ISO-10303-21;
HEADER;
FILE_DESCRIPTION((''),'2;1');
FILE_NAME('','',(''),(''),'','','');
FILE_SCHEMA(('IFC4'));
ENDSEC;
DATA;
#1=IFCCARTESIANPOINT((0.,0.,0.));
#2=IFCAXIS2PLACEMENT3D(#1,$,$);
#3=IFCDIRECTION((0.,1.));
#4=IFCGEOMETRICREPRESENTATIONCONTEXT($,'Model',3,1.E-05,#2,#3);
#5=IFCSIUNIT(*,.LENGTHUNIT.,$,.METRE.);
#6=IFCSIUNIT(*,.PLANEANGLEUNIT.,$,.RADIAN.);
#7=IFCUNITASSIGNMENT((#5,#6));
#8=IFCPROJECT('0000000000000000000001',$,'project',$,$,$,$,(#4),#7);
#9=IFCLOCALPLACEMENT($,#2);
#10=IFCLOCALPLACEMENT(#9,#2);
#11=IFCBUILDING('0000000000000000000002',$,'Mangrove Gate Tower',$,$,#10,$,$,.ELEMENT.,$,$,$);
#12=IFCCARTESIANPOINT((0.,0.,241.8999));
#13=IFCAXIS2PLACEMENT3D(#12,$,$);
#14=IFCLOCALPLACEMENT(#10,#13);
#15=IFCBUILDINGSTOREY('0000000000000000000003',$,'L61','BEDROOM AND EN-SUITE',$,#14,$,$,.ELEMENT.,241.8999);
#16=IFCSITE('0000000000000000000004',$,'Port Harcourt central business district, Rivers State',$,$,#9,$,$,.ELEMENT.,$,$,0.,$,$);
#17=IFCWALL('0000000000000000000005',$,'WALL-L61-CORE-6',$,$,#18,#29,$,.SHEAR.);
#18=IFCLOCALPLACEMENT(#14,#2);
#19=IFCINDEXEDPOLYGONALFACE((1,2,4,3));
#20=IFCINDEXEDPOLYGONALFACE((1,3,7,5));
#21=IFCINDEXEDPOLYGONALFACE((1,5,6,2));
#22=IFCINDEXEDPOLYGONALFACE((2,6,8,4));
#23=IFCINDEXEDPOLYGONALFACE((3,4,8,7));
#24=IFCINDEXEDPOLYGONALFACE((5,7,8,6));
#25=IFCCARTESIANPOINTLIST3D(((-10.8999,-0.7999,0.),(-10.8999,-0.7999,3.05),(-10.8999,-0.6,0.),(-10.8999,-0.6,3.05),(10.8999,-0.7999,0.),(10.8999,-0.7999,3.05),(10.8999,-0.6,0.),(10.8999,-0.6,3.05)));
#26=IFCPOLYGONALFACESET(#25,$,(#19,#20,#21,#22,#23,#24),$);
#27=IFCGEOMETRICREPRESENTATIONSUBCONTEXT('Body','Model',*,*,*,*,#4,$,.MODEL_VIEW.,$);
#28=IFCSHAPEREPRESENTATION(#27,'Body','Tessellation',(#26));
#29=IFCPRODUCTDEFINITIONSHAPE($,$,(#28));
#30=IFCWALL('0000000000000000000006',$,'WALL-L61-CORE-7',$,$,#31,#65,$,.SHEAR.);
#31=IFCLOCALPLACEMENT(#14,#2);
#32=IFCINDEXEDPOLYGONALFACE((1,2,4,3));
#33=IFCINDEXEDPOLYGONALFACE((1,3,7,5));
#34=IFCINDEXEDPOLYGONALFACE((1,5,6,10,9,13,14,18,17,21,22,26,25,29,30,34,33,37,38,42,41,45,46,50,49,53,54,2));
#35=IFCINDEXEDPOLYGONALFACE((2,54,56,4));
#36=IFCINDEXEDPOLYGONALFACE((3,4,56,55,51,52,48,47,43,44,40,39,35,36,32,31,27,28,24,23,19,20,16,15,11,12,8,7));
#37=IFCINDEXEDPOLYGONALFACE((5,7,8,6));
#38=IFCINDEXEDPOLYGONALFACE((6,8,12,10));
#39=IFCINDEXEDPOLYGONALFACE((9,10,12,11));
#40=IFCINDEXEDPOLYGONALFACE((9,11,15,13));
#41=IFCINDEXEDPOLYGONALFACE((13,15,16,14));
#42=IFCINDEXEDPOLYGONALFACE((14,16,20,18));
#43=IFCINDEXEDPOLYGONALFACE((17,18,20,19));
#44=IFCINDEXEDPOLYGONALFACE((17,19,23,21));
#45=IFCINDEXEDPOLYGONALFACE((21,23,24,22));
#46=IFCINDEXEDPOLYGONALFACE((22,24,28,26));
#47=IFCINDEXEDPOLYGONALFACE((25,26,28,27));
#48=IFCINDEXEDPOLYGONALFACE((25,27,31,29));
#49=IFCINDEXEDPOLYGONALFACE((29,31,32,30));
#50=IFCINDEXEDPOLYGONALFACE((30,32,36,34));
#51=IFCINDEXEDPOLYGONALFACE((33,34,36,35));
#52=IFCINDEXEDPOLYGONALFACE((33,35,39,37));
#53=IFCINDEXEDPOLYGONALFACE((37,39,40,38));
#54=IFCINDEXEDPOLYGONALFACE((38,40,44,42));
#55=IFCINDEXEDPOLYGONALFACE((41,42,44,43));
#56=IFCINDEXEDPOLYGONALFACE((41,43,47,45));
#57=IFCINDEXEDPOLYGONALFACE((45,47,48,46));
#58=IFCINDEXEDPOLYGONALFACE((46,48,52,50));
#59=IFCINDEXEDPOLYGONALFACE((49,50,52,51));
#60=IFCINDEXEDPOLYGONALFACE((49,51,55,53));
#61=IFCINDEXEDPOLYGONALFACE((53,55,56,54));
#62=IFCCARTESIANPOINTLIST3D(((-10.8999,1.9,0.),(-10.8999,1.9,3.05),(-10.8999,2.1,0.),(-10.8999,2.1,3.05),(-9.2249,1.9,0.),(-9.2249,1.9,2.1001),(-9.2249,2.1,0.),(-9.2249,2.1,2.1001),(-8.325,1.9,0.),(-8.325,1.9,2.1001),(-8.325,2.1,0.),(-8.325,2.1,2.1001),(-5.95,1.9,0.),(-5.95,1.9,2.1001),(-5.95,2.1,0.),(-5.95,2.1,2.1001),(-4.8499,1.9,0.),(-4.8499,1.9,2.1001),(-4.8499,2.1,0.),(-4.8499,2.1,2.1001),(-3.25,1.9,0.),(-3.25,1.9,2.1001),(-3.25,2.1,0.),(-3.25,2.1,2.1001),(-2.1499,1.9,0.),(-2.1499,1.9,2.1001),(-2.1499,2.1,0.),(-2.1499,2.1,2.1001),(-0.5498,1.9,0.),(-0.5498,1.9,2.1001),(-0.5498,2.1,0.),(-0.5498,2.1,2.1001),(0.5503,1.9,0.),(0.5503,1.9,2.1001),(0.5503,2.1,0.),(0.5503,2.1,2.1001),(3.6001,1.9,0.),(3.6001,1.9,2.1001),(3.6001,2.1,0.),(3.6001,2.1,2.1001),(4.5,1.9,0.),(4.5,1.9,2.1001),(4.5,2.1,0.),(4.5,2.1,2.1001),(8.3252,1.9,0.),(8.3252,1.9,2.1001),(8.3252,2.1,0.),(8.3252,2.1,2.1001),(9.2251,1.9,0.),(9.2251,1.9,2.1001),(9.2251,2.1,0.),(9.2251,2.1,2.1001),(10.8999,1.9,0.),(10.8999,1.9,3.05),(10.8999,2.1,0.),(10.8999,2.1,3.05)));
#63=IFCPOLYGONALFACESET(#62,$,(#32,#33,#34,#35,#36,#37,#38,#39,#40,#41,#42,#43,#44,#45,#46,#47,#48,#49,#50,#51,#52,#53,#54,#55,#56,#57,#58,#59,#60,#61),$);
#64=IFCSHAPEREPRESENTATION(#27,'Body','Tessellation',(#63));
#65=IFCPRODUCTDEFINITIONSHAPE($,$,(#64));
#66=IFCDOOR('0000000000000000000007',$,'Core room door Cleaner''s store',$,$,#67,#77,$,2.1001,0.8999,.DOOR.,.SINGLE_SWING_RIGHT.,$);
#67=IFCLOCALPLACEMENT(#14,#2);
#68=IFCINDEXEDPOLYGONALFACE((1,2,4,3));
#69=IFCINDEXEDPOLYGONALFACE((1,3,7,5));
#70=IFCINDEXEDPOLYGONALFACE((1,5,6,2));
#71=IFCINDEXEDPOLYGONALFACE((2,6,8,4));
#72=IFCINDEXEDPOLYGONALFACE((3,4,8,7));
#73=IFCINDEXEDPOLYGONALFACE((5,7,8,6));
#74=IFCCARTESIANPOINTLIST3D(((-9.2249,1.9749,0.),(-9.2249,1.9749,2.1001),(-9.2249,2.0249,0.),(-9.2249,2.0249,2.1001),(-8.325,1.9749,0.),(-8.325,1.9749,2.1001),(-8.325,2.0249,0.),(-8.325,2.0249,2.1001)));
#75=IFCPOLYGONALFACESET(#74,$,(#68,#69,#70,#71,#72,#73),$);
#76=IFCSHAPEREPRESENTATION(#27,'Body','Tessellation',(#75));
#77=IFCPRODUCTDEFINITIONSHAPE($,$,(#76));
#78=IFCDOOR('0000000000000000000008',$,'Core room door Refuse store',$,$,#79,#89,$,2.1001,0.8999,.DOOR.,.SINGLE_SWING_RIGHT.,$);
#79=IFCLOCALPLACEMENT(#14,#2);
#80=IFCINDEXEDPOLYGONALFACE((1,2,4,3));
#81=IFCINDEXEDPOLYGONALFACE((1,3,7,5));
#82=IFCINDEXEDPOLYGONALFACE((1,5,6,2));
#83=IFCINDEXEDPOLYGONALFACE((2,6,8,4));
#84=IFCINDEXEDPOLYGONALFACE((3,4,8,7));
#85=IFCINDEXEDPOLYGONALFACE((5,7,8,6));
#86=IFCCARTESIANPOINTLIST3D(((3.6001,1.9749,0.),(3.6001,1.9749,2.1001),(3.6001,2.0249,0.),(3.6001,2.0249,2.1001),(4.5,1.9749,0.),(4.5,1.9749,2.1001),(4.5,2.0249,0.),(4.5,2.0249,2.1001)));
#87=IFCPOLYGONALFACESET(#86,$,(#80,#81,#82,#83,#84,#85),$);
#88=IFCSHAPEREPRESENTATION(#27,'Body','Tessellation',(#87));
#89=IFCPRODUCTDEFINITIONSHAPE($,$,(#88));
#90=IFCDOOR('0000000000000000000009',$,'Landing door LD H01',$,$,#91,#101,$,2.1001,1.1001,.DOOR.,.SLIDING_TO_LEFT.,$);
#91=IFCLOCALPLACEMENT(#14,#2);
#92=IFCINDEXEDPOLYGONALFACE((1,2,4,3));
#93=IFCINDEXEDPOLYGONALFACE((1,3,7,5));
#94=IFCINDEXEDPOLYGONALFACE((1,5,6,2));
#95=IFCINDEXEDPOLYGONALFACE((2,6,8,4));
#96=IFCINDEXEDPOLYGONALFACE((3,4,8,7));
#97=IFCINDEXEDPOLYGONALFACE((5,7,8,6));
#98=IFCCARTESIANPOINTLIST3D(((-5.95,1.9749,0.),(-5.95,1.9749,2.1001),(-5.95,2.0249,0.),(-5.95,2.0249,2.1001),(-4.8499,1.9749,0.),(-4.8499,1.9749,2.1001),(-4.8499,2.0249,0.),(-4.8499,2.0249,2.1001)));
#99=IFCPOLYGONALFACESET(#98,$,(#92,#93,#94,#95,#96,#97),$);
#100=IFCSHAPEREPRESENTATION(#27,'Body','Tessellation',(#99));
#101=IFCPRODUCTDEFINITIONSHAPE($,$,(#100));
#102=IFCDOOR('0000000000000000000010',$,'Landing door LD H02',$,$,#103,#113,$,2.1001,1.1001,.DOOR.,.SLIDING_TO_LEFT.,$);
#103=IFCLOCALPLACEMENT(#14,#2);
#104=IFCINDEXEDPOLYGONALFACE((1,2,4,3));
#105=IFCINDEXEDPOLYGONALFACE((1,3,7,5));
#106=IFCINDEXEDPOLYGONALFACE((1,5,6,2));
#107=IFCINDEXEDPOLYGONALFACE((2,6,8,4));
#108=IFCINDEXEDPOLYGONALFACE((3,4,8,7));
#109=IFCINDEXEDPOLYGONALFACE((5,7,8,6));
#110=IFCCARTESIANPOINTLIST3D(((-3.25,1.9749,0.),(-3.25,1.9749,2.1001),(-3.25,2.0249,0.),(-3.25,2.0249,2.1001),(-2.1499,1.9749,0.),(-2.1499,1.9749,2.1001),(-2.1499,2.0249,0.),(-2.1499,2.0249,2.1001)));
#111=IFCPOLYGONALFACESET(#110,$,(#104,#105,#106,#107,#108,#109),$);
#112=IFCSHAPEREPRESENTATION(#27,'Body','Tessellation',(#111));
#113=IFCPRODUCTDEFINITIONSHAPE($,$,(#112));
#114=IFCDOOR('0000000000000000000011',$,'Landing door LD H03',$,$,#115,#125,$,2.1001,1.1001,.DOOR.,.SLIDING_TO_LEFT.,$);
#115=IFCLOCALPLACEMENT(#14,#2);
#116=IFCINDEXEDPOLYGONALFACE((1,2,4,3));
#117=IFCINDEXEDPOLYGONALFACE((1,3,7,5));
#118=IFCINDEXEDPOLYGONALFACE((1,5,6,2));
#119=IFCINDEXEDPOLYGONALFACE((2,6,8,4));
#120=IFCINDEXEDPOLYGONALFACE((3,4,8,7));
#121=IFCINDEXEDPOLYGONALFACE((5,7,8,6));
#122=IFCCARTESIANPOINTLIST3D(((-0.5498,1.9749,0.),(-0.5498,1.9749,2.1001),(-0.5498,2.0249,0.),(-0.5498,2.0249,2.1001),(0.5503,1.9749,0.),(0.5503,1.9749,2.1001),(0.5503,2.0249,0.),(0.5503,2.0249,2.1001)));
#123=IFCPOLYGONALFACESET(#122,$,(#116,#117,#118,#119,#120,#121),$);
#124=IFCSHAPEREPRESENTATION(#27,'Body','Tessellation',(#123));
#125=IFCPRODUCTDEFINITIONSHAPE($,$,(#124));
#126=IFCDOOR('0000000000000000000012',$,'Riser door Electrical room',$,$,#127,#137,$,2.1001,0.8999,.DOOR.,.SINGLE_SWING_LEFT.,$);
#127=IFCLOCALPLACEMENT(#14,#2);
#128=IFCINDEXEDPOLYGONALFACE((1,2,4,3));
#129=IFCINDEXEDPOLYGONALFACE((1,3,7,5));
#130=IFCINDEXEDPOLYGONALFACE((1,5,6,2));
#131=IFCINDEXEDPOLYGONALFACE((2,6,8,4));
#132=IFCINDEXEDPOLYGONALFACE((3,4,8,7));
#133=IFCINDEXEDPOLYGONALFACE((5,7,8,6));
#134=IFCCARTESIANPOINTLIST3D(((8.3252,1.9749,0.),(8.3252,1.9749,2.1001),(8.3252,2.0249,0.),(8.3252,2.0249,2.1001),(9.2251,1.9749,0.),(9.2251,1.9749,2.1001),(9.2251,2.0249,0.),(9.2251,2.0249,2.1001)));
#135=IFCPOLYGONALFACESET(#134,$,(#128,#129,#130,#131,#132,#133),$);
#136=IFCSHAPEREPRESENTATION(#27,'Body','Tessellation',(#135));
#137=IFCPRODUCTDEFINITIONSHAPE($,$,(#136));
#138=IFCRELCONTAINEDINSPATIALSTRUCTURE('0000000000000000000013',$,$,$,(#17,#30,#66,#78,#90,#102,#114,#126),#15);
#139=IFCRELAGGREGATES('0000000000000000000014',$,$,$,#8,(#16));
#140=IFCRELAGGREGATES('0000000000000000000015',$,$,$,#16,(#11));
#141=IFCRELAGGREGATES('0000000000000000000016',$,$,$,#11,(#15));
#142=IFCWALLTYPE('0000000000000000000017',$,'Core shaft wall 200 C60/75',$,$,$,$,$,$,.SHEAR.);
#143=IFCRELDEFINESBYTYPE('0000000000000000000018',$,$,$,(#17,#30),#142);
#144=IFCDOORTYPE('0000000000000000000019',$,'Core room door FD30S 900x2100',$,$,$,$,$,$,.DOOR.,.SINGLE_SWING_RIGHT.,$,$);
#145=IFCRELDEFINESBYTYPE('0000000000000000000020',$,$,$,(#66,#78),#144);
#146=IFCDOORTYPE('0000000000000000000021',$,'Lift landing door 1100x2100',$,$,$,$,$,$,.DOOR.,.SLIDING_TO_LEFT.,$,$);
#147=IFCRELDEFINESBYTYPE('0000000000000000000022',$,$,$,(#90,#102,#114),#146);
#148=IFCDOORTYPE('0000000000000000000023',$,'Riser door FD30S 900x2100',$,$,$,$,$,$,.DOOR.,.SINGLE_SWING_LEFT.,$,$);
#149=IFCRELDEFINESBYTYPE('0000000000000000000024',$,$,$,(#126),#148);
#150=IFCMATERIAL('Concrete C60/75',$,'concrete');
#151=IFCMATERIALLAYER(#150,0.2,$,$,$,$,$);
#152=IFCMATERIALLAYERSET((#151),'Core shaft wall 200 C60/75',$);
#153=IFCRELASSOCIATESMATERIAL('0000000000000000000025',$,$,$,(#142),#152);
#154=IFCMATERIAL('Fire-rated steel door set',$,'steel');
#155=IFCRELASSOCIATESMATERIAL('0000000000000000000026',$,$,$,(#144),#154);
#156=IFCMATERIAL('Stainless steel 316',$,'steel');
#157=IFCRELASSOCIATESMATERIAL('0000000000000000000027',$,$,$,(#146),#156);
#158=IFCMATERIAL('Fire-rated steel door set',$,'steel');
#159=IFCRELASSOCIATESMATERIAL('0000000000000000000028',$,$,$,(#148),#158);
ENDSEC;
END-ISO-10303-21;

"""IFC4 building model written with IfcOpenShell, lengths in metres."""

from ifc_helpers import new_model, si_unit, direction, frame, frame_2d, origin, place, context, subcontext, project, spatial, rectangle, extrude, material, layer, layer_set, type_object, element, fill, save


model = new_model("IFC4")

# Units and contexts
model_context = context("Model", 3, precision=1e-05, world=origin(), true_north=direction((0.0, 1.0)))
body_context = subcontext(model_context, "Body", "Model", "MODEL_VIEW")
ifc_project = project(units=[si_unit("LENGTHUNIT", "METRE"), si_unit("PLANEANGLEUNIT", "RADIAN")], contexts=[model_context])

# Site, building, storey
site_placement = place(None, origin())
site = spatial("IfcSite", under=ifc_project, at=site_placement, Name="Port Harcourt central business district, Rivers State", CompositionType="ELEMENT", RefElevation=0.0)
building_placement = place(site_placement, origin())
building = spatial("IfcBuilding", under=site, at=building_placement, Name="Mangrove Gate Tower", CompositionType="ELEMENT")
storey_placement = place(building_placement, frame((0.0, 0.0, 241.8999)))
storey = spatial("IfcBuildingStorey", under=building, at=storey_placement, Name="L61", Description="BEDROOM AND EN-SUITE", CompositionType="ELEMENT", Elevation=241.8999)

# Wall
ifc_material_1 = material(Name="Concrete C60/75", Category="concrete")
ifc_layer_1 = layer(ifc_material_1, 0.2)
ifc_layer_set_1 = layer_set([ifc_layer_1], Name="Core shaft wall 200 C60/75")
wall_type_1 = type_object("IfcWallType", Name="Core shaft wall 200 C60/75", PredefinedType="SHEAR", material=ifc_layer_set_1)
wall_1_placement = place(storey_placement, frame((-10.8999, -0.7, 0.0), z_axis=(0.0, 0.0, 1.0), x_axis=(1.0, 0.0, 0.0)))
element("IfcWall", 1, at=wall_1_placement, inside=storey, type_object=wall_type_1, Name="WALL-L61-CORE-6", PredefinedType="SHEAR", context=body_context, shape_type="SweptSolid", body=[
    extrude(rectangle(XDim=21.7998, YDim=0.2, at=frame_2d((10.8999, 0.0))), origin(), (0.0, 0.0, 1.0), 3.05),
])

# Wall, openings, doors
wall_2_placement = place(storey_placement, frame((-10.8999, 2.0, 0.0), z_axis=(0.0, 0.0, 1.0), x_axis=(1.0, 0.0, 0.0)))
wall_2 = element("IfcWall", 2, at=wall_2_placement, inside=storey, type_object=wall_type_1, Name="WALL-L61-CORE-7", PredefinedType="SHEAR", context=body_context, shape_type="SweptSolid", body=[
    extrude(rectangle(XDim=21.7998, YDim=0.2, at=frame_2d((10.8999, 0.0))), origin(), (0.0, 0.0, 1.0), 3.05),
])
opening_1_placement = place(wall_2_placement, frame((4.95, 0.0, 0.0)))
opening_1 = element("IfcOpeningElement", 3, at=opening_1_placement, cuts=wall_2, PredefinedType="OPENING", context=body_context, shape_type="SweptSolid", body=[
    extrude(rectangle(XDim=1.1001, YDim=2.1001, at=frame_2d((0.55, 1.05))), frame((0.0, 0.1099, 0.0), z_axis=(0.0, -1.0, 0.0), x_axis=(1.0, 0.0, 0.0)), (0.0, 0.0, 1.0), 0.22),
])
opening_2_placement = place(wall_2_placement, frame((7.6499, 0.0, 0.0)))
opening_2 = element("IfcOpeningElement", 4, at=opening_2_placement, cuts=wall_2, PredefinedType="OPENING", context=body_context, shape_type="SweptSolid", body=[
    extrude(rectangle(XDim=1.1001, YDim=2.1001, at=frame_2d((0.55, 1.05))), frame((0.0, 0.1099, 0.0), z_axis=(0.0, -1.0, 0.0), x_axis=(1.0, 0.0, 0.0)), (0.0, 0.0, 1.0), 0.22),
])
opening_3_placement = place(wall_2_placement, frame((10.3501, 0.0, 0.0)))
opening_3 = element("IfcOpeningElement", 5, at=opening_3_placement, cuts=wall_2, PredefinedType="OPENING", context=body_context, shape_type="SweptSolid", body=[
    extrude(rectangle(XDim=1.1001, YDim=2.1001, at=frame_2d((0.55, 1.05))), frame((0.0, 0.1099, 0.0), z_axis=(0.0, -1.0, 0.0), x_axis=(1.0, 0.0, 0.0)), (0.0, 0.0, 1.0), 0.22),
])
opening_4_placement = place(wall_2_placement, frame((1.675, 0.0, 0.0)))
opening_4 = element("IfcOpeningElement", 6, at=opening_4_placement, cuts=wall_2, PredefinedType="OPENING", context=body_context, shape_type="SweptSolid", body=[
    extrude(rectangle(XDim=0.8999, YDim=2.1001, at=frame_2d((0.45, 1.05))), frame((0.0, 0.1099, 0.0), z_axis=(0.0, -1.0, 0.0), x_axis=(1.0, 0.0, 0.0)), (0.0, 0.0, 1.0), 0.22),
])
opening_5_placement = place(wall_2_placement, frame((14.5, 0.0, 0.0)))
opening_5 = element("IfcOpeningElement", 7, at=opening_5_placement, cuts=wall_2, PredefinedType="OPENING", context=body_context, shape_type="SweptSolid", body=[
    extrude(rectangle(XDim=0.8999, YDim=2.1001, at=frame_2d((0.45, 1.05))), frame((0.0, 0.1099, 0.0), z_axis=(0.0, -1.0, 0.0), x_axis=(1.0, 0.0, 0.0)), (0.0, 0.0, 1.0), 0.22),
])
opening_6_placement = place(wall_2_placement, frame((19.2251, 0.0, 0.0)))
opening_6 = element("IfcOpeningElement", 8, at=opening_6_placement, cuts=wall_2, PredefinedType="OPENING", context=body_context, shape_type="SweptSolid", body=[
    extrude(rectangle(XDim=0.8999, YDim=2.1001, at=frame_2d((0.45, 1.05))), frame((0.0, 0.1099, 0.0), z_axis=(0.0, -1.0, 0.0), x_axis=(1.0, 0.0, 0.0)), (0.0, 0.0, 1.0), 0.22),
])
ifc_material_2 = material(Name="Fire-rated steel door set", Category="steel")
door_type_1 = type_object("IfcDoorType", Name="Core room door FD30S 900x2100", OperationType="SINGLE_SWING_RIGHT", PredefinedType="DOOR", material=ifc_material_2)
door_1_placement = place(opening_4_placement, origin())
door_1 = element("IfcDoor", 9, at=door_1_placement, inside=storey, type_object=door_type_1, Name="Core room door Cleaner's store", OperationType="SINGLE_SWING_RIGHT", OverallHeight=2.1001, OverallWidth=0.8999, PredefinedType="DOOR", context=body_context, shape_type="SweptSolid", body=[
    extrude(rectangle(XDim=0.8999, YDim=2.1001, at=frame_2d((0.45, 1.05))), frame((0.0, 0.0249, 0.0), z_axis=(0.0, -1.0, 0.0), x_axis=(1.0, 0.0, 0.0)), (0.0, 0.0, 1.0), 0.05),
])
fill(opening_4, door_1)
door_2_placement = place(opening_5_placement, origin())
door_2 = element("IfcDoor", 10, at=door_2_placement, inside=storey, type_object=door_type_1, Name="Core room door Refuse store", OperationType="SINGLE_SWING_RIGHT", OverallHeight=2.1001, OverallWidth=0.8999, PredefinedType="DOOR", context=body_context, shape_type="SweptSolid", body=[
    extrude(rectangle(XDim=0.8999, YDim=2.1001, at=frame_2d((0.45, 1.05))), frame((0.0, 0.0249, 0.0), z_axis=(0.0, -1.0, 0.0), x_axis=(1.0, 0.0, 0.0)), (0.0, 0.0, 1.0), 0.05),
])
fill(opening_5, door_2)
ifc_material_3 = material(Name="Stainless steel 316", Category="steel")
door_type_2 = type_object("IfcDoorType", Name="Lift landing door 1100x2100", OperationType="SLIDING_TO_LEFT", PredefinedType="DOOR", material=ifc_material_3)
door_3_placement = place(opening_1_placement, origin())
door_3 = element("IfcDoor", 11, at=door_3_placement, inside=storey, type_object=door_type_2, Name="Landing door LD H01", OperationType="SLIDING_TO_LEFT", OverallHeight=2.1001, OverallWidth=1.1001, PredefinedType="DOOR", context=body_context, shape_type="SweptSolid", body=[
    extrude(rectangle(XDim=1.1001, YDim=2.1001, at=frame_2d((0.55, 1.05))), frame((0.0, 0.0249, 0.0), z_axis=(0.0, -1.0, 0.0), x_axis=(1.0, 0.0, 0.0)), (0.0, 0.0, 1.0), 0.05),
])
fill(opening_1, door_3)
door_4_placement = place(opening_2_placement, origin())
door_4 = element("IfcDoor", 12, at=door_4_placement, inside=storey, type_object=door_type_2, Name="Landing door LD H02", OperationType="SLIDING_TO_LEFT", OverallHeight=2.1001, OverallWidth=1.1001, PredefinedType="DOOR", context=body_context, shape_type="SweptSolid", body=[
    extrude(rectangle(XDim=1.1001, YDim=2.1001, at=frame_2d((0.55, 1.05))), frame((0.0, 0.0249, 0.0), z_axis=(0.0, -1.0, 0.0), x_axis=(1.0, 0.0, 0.0)), (0.0, 0.0, 1.0), 0.05),
])
fill(opening_2, door_4)
door_5_placement = place(opening_3_placement, origin())
door_5 = element("IfcDoor", 13, at=door_5_placement, inside=storey, type_object=door_type_2, Name="Landing door LD H03", OperationType="SLIDING_TO_LEFT", OverallHeight=2.1001, OverallWidth=1.1001, PredefinedType="DOOR", context=body_context, shape_type="SweptSolid", body=[
    extrude(rectangle(XDim=1.1001, YDim=2.1001, at=frame_2d((0.55, 1.05))), frame((0.0, 0.0249, 0.0), z_axis=(0.0, -1.0, 0.0), x_axis=(1.0, 0.0, 0.0)), (0.0, 0.0, 1.0), 0.05),
])
fill(opening_3, door_5)
ifc_material_4 = material(Name="Fire-rated steel door set", Category="steel")
door_type_3 = type_object("IfcDoorType", Name="Riser door FD30S 900x2100", OperationType="SINGLE_SWING_LEFT", PredefinedType="DOOR", material=ifc_material_4)
door_6_placement = place(opening_6_placement, origin())
door_6 = element("IfcDoor", 14, at=door_6_placement, inside=storey, type_object=door_type_3, Name="Riser door Electrical room", OperationType="SINGLE_SWING_LEFT", OverallHeight=2.1001, OverallWidth=0.8999, PredefinedType="DOOR", context=body_context, shape_type="SweptSolid", body=[
    extrude(rectangle(XDim=0.8999, YDim=2.1001, at=frame_2d((0.45, 1.05))), frame((0.0, 0.0249, 0.0), z_axis=(0.0, -1.0, 0.0), x_axis=(1.0, 0.0, 0.0)), (0.0, 0.0, 1.0), 0.05),
])
fill(opening_6, door_6)

save(model, "model.ifc")
